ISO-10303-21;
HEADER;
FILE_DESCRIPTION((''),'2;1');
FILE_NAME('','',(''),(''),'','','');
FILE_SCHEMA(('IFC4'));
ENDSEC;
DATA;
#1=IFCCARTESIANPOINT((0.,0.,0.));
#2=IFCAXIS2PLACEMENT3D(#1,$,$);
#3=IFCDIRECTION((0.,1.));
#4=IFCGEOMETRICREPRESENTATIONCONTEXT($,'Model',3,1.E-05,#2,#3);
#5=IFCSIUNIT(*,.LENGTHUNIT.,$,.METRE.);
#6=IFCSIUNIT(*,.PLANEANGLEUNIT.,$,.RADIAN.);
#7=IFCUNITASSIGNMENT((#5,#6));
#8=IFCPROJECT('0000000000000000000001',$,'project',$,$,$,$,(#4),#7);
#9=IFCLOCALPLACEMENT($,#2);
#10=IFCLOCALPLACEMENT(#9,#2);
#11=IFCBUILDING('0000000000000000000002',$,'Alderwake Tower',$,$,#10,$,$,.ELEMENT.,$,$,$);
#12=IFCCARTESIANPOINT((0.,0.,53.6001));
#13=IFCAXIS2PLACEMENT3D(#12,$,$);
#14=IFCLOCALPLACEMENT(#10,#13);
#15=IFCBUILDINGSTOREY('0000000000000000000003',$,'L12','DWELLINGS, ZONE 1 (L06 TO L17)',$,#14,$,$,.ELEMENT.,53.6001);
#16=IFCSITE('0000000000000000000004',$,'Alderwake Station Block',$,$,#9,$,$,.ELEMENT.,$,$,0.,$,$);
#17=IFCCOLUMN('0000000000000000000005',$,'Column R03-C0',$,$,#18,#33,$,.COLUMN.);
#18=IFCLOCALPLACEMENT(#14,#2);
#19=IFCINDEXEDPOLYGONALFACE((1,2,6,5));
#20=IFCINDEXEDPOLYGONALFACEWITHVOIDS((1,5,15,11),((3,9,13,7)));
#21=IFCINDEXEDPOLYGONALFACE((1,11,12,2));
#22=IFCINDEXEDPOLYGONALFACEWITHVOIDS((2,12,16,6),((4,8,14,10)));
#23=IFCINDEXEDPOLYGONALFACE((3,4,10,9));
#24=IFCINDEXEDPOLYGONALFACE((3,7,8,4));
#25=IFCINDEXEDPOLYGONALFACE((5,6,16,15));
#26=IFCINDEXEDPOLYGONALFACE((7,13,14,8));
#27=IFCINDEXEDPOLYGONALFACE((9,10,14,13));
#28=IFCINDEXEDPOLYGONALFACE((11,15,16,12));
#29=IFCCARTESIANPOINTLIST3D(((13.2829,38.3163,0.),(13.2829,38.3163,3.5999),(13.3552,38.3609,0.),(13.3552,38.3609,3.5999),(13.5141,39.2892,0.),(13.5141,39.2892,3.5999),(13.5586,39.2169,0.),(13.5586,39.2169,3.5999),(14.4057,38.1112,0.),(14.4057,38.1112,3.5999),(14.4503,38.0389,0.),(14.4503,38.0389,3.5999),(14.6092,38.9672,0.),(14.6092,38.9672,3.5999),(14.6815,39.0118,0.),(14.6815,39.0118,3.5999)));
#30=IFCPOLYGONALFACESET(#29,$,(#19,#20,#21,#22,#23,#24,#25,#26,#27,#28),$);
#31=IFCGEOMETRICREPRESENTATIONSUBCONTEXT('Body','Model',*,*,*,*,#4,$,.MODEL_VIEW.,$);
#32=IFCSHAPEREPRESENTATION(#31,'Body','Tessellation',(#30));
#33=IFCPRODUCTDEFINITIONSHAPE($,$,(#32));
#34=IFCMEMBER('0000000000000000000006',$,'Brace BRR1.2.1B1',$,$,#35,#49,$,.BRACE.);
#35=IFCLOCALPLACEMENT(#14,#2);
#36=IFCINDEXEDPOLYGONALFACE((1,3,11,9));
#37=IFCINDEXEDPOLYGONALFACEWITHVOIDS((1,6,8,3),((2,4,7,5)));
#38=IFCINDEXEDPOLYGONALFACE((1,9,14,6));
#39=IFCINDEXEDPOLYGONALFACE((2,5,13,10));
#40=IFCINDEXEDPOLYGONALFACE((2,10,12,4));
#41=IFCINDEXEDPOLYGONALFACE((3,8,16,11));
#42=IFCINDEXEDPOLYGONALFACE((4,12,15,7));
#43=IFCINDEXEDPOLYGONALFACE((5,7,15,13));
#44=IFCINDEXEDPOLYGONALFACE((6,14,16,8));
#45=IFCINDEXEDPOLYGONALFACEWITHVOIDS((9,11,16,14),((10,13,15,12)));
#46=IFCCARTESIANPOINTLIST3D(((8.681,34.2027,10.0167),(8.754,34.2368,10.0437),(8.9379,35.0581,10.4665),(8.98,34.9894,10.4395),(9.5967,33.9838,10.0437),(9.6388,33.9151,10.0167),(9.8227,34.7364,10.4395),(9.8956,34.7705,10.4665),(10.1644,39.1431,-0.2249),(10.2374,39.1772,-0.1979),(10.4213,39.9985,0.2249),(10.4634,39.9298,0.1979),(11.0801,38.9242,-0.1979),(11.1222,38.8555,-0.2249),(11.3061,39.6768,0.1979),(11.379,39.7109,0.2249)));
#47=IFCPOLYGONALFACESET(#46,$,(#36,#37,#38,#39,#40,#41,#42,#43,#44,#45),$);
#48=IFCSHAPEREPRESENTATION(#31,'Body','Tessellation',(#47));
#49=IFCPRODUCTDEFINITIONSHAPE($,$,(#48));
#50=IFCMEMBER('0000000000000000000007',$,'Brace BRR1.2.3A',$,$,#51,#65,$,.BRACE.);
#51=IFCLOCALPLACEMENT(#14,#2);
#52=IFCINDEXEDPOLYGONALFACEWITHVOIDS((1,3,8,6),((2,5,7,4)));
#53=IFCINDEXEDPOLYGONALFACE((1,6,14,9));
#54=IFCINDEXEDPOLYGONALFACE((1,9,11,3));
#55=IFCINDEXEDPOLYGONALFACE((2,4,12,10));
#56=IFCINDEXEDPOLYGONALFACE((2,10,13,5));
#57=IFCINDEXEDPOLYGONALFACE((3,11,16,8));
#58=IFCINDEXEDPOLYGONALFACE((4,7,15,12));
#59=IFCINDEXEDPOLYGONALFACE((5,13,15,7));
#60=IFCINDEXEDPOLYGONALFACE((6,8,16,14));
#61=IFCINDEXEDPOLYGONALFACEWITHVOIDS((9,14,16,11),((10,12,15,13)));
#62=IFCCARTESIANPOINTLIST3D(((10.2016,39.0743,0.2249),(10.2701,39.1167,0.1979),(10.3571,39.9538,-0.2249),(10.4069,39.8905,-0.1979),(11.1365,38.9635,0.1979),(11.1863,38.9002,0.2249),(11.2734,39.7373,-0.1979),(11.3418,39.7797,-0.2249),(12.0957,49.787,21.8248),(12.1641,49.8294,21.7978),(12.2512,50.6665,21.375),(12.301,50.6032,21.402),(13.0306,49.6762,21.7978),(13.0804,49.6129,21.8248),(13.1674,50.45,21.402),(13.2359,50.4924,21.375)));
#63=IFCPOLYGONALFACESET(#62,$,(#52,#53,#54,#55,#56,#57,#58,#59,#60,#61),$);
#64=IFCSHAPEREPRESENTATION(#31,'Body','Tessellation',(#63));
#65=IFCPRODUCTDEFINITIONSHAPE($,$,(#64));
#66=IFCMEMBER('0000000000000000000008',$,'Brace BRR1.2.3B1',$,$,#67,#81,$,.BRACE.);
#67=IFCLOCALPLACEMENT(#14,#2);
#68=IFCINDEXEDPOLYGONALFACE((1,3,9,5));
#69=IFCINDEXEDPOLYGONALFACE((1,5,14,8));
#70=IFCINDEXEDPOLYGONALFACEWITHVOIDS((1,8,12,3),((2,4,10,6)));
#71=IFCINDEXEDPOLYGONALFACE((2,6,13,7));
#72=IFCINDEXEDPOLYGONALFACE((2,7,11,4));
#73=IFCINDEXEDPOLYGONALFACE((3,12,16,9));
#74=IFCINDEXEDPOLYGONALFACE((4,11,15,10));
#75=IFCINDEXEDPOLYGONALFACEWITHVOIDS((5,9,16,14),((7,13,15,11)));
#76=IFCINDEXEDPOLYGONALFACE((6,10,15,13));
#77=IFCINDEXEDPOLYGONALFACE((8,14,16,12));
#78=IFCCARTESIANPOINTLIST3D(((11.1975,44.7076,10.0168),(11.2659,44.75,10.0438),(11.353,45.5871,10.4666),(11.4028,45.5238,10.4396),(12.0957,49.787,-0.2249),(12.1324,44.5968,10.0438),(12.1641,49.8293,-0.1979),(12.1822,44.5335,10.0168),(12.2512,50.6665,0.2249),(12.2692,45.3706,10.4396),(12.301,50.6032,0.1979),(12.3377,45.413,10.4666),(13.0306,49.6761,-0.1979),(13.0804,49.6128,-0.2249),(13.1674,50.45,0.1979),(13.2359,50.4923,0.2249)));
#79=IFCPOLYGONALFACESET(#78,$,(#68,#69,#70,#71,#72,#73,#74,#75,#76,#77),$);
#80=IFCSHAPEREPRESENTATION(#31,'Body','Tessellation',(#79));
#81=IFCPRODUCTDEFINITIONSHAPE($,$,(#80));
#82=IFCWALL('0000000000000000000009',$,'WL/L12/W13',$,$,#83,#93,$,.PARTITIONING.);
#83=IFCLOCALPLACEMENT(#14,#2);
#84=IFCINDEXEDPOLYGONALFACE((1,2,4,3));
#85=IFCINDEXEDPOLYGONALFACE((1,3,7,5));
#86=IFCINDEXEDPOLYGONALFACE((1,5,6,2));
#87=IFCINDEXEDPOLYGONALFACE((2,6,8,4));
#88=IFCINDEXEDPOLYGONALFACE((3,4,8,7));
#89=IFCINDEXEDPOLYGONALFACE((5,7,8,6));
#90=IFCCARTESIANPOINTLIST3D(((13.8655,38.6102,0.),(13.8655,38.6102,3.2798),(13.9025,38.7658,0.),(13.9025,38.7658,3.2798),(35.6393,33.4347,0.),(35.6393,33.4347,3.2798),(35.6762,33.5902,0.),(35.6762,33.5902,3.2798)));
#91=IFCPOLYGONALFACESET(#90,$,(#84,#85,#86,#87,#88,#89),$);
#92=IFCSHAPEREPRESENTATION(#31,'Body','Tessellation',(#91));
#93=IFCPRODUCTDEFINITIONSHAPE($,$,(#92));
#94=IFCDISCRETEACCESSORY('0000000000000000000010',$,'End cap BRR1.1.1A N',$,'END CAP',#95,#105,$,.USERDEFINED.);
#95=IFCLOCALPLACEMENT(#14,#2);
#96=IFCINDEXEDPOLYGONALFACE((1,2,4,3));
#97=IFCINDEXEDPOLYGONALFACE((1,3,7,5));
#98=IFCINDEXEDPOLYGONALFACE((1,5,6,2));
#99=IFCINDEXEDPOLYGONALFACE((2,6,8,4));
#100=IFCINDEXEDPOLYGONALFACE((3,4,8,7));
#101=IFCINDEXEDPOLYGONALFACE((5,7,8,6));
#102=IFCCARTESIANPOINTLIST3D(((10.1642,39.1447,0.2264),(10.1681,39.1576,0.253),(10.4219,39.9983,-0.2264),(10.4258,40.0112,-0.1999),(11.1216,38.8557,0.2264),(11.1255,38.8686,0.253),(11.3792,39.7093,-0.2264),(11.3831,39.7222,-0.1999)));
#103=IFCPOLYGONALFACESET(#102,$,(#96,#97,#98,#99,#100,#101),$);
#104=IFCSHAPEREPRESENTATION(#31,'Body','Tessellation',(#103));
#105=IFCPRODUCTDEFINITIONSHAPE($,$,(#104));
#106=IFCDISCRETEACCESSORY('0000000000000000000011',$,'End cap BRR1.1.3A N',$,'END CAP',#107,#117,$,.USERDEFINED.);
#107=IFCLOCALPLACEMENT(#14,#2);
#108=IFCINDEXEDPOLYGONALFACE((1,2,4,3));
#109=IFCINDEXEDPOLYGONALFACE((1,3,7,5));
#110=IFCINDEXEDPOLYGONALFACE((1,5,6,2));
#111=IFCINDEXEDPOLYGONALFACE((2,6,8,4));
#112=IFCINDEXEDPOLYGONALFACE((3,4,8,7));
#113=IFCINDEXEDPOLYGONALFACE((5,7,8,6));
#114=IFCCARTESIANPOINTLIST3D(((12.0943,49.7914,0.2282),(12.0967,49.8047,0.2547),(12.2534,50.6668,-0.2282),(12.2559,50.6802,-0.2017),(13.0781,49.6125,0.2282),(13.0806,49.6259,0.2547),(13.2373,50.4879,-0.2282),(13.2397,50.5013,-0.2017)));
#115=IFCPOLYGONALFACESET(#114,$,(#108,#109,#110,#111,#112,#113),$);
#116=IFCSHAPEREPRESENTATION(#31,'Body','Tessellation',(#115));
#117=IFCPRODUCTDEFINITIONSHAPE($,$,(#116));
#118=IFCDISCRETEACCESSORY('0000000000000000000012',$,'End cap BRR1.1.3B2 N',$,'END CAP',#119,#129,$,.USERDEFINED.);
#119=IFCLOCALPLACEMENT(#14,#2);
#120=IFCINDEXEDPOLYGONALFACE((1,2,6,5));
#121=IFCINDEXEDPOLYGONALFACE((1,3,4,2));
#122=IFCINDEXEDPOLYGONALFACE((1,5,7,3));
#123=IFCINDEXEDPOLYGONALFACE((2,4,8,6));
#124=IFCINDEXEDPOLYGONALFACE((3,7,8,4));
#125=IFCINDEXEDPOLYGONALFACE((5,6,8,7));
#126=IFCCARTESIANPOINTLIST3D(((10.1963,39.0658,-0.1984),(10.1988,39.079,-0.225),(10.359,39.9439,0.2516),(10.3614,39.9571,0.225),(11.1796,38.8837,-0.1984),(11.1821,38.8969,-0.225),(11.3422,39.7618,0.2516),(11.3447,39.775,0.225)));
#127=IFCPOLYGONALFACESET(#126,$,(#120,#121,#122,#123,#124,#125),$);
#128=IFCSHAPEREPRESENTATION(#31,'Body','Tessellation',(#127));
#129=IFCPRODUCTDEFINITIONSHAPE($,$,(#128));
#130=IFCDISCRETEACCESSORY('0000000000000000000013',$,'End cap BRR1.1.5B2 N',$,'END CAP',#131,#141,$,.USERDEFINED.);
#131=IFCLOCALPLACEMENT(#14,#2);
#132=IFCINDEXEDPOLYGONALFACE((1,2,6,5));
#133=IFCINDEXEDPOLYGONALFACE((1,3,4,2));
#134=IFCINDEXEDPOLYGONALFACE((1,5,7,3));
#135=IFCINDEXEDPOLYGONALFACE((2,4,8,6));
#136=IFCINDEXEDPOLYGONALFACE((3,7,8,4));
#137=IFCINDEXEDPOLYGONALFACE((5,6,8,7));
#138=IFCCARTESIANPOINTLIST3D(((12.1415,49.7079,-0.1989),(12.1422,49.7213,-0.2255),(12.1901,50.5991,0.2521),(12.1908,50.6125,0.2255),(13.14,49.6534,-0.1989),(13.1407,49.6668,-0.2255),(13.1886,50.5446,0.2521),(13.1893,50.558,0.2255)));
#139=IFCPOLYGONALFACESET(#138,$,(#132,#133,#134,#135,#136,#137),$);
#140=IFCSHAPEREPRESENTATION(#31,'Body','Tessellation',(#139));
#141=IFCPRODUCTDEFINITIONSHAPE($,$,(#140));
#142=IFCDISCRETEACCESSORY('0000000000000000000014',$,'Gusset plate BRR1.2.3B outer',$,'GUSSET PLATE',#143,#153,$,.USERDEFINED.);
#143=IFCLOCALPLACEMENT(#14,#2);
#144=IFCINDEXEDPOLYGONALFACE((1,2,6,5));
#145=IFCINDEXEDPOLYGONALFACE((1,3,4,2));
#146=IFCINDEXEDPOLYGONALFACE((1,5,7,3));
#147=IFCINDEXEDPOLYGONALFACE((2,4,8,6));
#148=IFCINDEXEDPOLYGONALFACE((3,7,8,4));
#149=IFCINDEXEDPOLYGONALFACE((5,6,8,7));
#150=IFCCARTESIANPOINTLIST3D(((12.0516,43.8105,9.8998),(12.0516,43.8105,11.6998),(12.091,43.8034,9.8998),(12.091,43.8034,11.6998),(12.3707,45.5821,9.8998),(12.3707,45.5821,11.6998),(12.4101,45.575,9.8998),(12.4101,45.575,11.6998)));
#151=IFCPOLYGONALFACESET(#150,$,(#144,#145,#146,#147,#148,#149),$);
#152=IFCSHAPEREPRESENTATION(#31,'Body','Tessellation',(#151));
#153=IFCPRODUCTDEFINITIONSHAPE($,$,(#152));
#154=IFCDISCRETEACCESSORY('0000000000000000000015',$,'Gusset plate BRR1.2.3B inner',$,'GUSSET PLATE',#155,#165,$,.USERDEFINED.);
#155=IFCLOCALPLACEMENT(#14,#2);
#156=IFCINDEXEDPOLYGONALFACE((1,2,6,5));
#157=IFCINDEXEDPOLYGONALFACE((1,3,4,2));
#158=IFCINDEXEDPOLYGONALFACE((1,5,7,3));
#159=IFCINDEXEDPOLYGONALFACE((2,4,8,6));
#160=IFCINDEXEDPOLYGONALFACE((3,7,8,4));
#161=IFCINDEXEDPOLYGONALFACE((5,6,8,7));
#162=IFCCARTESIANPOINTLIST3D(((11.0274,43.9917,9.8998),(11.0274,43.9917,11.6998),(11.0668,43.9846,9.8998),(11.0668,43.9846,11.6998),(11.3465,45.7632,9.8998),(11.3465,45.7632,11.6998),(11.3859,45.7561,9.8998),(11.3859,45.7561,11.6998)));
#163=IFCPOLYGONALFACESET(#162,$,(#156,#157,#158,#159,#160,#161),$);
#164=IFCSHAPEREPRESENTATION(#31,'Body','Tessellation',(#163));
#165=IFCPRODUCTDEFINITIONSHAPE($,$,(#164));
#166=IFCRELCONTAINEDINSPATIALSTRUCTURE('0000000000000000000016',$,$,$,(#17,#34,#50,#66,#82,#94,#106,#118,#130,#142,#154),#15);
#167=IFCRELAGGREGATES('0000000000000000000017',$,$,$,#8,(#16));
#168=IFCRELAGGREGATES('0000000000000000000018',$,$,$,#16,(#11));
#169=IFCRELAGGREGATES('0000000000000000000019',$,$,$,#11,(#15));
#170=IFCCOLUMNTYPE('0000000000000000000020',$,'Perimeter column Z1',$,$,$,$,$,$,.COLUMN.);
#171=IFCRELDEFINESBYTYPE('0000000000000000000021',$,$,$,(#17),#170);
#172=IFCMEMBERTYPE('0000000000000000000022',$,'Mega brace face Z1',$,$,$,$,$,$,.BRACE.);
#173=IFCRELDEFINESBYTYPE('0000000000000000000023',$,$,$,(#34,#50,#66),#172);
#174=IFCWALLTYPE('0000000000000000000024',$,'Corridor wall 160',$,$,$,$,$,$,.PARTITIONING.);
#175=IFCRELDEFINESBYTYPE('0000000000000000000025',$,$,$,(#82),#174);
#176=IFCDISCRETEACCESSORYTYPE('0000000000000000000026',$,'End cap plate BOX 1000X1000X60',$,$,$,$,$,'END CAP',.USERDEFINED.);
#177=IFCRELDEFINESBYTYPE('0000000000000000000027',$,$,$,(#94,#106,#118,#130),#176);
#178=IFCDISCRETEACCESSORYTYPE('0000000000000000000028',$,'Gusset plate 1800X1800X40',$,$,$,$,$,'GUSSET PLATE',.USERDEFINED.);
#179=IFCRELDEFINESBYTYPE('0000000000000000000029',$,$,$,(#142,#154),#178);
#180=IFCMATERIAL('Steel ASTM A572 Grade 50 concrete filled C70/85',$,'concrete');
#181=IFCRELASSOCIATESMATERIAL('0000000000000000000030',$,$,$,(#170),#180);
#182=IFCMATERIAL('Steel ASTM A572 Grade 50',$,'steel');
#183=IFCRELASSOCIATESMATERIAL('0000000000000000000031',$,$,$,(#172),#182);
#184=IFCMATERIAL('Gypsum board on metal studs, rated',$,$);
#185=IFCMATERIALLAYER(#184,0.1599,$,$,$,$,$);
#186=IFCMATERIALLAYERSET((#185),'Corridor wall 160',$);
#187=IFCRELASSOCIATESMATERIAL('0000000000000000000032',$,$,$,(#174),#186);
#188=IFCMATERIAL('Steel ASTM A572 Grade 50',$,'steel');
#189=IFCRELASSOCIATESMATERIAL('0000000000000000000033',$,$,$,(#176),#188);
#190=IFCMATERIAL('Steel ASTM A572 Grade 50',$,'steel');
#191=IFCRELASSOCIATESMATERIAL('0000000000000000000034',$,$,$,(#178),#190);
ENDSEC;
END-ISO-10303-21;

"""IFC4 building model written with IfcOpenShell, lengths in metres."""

from ifc_helpers import new_model, si_unit, direction, frame, frame_2d, origin, origin_2d, place, context, subcontext, project, spatial, rectangle, hollow_rectangle, extrude, material, layer, layer_set, material_profile, profile_set, type_object, element, save


model = new_model("IFC4")

# Units and contexts
model_context = context("Model", 3, precision=1e-05, world=origin(), true_north=direction((0.0, 1.0)))
body_context = subcontext(model_context, "Body", "Model", "MODEL_VIEW")
ifc_project = project(units=[si_unit("LENGTHUNIT", "METRE"), si_unit("PLANEANGLEUNIT", "RADIAN")], contexts=[model_context])

# Site, building, storey
site_placement = place(None, origin())
site = spatial("IfcSite", under=ifc_project, at=site_placement, Name="Alderwake Station Block", CompositionType="ELEMENT", RefElevation=0.0)
building_placement = place(site_placement, origin())
building = spatial("IfcBuilding", under=site, at=building_placement, Name="Alderwake Tower", CompositionType="ELEMENT")
storey_placement = place(building_placement, frame((0.0, 0.0, 53.6001)))
storey = spatial("IfcBuildingStorey", under=building, at=storey_placement, Name="L12", Description="DWELLINGS, ZONE 1 (L06 TO L17)", CompositionType="ELEMENT", Elevation=53.6001)

# Column
ifc_material_1 = material(Name="Steel ASTM A572 Grade 50 concrete filled C70/85", Category="concrete")
ifc_material_profile_1 = material_profile(ifc_material_1, hollow_rectangle(XDim=1.0, YDim=1.2, WallThickness=0.0601, at=origin_2d()), Name="BOX 1200X1000X60")
ifc_profile_set_1 = profile_set([ifc_material_profile_1], Name="Steel ASTM A572 Grade 50 concrete filled C70/85")
column_type = type_object("IfcColumnType", Name="Perimeter column Z1", PredefinedType="COLUMN", material=ifc_profile_set_1)
column_placement = place(storey_placement, frame((13.9822, 38.6641, 0.0), z_axis=(0.0, 0.0, 1.0), x_axis=(0.231222, 0.972901, 0.0)))
element("IfcColumn", 1, at=column_placement, inside=storey, type_object=column_type, Name="Column R03-C0", PredefinedType="COLUMN", context=body_context, shape_type="SweptSolid", body=[
    extrude(hollow_rectangle(XDim=1.0, YDim=1.2, WallThickness=0.0601, at=origin_2d()), origin(), (0.0, 0.0, 1.0), 3.5999),
])

# Members
ifc_material_2 = material(Name="Steel ASTM A572 Grade 50", Category="steel")
ifc_material_profile_2 = material_profile(ifc_material_2, hollow_rectangle(XDim=1.0, YDim=1.0, WallThickness=0.0601, at=origin_2d()), Name="BOX 1000X1000X60")
ifc_profile_set_2 = profile_set([ifc_material_profile_2], Name="Steel ASTM A572 Grade 50")
member_type = type_object("IfcMemberType", Name="Mega brace face Z1", PredefinedType="BRACE", material=ifc_profile_set_2)
member_1_placement = place(storey_placement, frame((10.7717, 39.427, 0.0), z_axis=(-0.129358, -0.430825, 0.893116), x_axis=(0.957759, -0.287574, 0.0)))
element("IfcMember", 2, at=member_1_placement, inside=storey, type_object=member_type, Name="Brace BRR1.2.1B1", PredefinedType="BRACE", context=body_context, shape_type="SweptSolid", body=[
    extrude(hollow_rectangle(XDim=1.0, YDim=1.0, WallThickness=0.0601, at=origin_2d()), origin(), (0.0, 0.0, 1.0), 11.4673),
])
member_2_placement = place(storey_placement, frame((10.7717, 39.427, 0.0), z_axis=(0.078316, 0.442951, 0.893119), x_axis=(-0.984727, 0.174104, 0.0)))
element("IfcMember", 3, at=member_2_placement, inside=storey, type_object=member_type, Name="Brace BRR1.2.3A", PredefinedType="BRACE", context=body_context, shape_type="SweptSolid", body=[
    extrude(hollow_rectangle(XDim=1.0, YDim=1.0, WallThickness=0.0601, at=origin_2d()), origin(), (0.0, 0.0, 1.0), 24.1848),
])
member_3_placement = place(storey_placement, frame((12.6658, 50.1396, 0.0), z_axis=(-0.078327, -0.442942, 0.893122), x_axis=(0.984723, -0.174131, 0.0)))
element("IfcMember", 4, at=member_3_placement, inside=storey, type_object=member_type, Name="Brace BRR1.2.3B1", PredefinedType="BRACE", context=body_context, shape_type="SweptSolid", body=[
    extrude(hollow_rectangle(XDim=1.0, YDim=1.0, WallThickness=0.0601, at=origin_2d()), origin(), (0.0, 0.0, 1.0), 11.4673),
])

# Wall
ifc_material_3 = material(Name="Gypsum board on metal studs, rated")
ifc_layer_1 = layer(ifc_material_3, 0.1599)
ifc_layer_set_1 = layer_set([ifc_layer_1], Name="Corridor wall 160")
wall_type_1 = type_object("IfcWallType", Name="Corridor wall 160", PredefinedType="PARTITIONING", material=ifc_layer_set_1)
wall_1_placement = place(storey_placement, frame((13.884, 38.688, 0.0), z_axis=(0.0, 0.0, 1.0), x_axis=(0.972893, -0.231254, 0.0)))
element("IfcWall", 5, at=wall_1_placement, inside=storey, type_object=wall_type_1, Name="WL/L12/W13", PredefinedType="PARTITIONING", context=body_context, shape_type="SweptSolid", body=[
    extrude(rectangle(XDim=22.3804, YDim=0.1599, at=frame_2d((11.1902, 0.0))), origin(), (0.0, 0.0, 1.0), 3.2798),
])

# Discrete accessories
ifc_material_4 = material(Name="Steel ASTM A572 Grade 50", Category="steel")
ifc_material_profile_3 = material_profile(ifc_material_4, rectangle(XDim=1.0, YDim=1.0, at=origin_2d()), Name="BOX 1000X1000X60 cap")
ifc_profile_set_3 = profile_set([ifc_material_profile_3], Name="Steel ASTM A572 Grade 50")
discrete_accessory_type_1 = type_object("IfcDiscreteAccessoryType", Name="End cap plate BOX 1000X1000X60", ElementType="END CAP", PredefinedType="USERDEFINED", material=ifc_profile_set_3)
for number, where, z_axis, x_axis, name in (
    (6, (10.7717, 39.427, 0.0), (0.130875, 0.433524, 0.891588), (-0.957328, 0.289005, 0.0), "End cap BRR1.1.1A N"),
    (7, (12.6658, 50.1396, 0.0), (0.081633, 0.448983, 0.889803), (-0.98387, 0.178885, 0.0), "End cap BRR1.1.3A N"),
    (8, (10.7717, 39.427, 0.0), (-0.081931, -0.44243, 0.893053), (0.983282, -0.182089, 0.0), "End cap BRR1.1.3B2 N"),
    (9, (12.6658, 50.1396, 0.0), (-0.024565, -0.450351, 0.892514), (0.998516, -0.054464, 0.0), "End cap BRR1.1.5B2 N"),
):
    element("IfcDiscreteAccessory", number, at=place(storey_placement, frame(where, z_axis=z_axis, x_axis=x_axis)), inside=storey, type_object=discrete_accessory_type_1, Name=name, ObjectType="END CAP", PredefinedType="USERDEFINED", context=body_context, shape_type="SweptSolid", body=[
        extrude(rectangle(XDim=1.0, YDim=1.0, at=origin_2d()), origin(), (0.0, 0.0, 1.0), 0.0298),
    ])
ifc_material_5 = material(Name="Steel ASTM A572 Grade 50", Category="steel")
ifc_material_profile_4 = material_profile(ifc_material_5, rectangle(XDim=1.8, YDim=1.8, at=origin_2d()), Name="gusset 1800X1800")
ifc_profile_set_4 = profile_set([ifc_material_profile_4], Name="Steel ASTM A572 Grade 50")
discrete_accessory_type_2 = type_object("IfcDiscreteAccessoryType", Name="Gusset plate 1800X1800X40", ElementType="GUSSET PLATE", PredefinedType="USERDEFINED", material=ifc_profile_set_4)
for number, where, z_axis, x_axis, name in (
    (10, (12.2112, 44.6963, 10.7998), (0.984162, -0.177271, 0.0), (0.177271, 0.984162, 0.0), "Gusset plate BRR1.2.3B outer"),
    (11, (11.2263, 44.8704, 10.7998), (-0.984162, 0.177271, 0.0), (-0.177271, -0.984162, 0.0), "Gusset plate BRR1.2.3B inner"),
):
    element("IfcDiscreteAccessory", number, at=place(storey_placement, frame(where, z_axis=z_axis, x_axis=x_axis)), inside=storey, type_object=discrete_accessory_type_2, Name=name, ObjectType="GUSSET PLATE", PredefinedType="USERDEFINED", context=body_context, shape_type="SweptSolid", body=[
        extrude(rectangle(XDim=1.8, YDim=1.8, at=origin_2d()), origin(), (0.0, 0.0, 1.0), 0.04),
    ])

save(model, "model.ifc")
